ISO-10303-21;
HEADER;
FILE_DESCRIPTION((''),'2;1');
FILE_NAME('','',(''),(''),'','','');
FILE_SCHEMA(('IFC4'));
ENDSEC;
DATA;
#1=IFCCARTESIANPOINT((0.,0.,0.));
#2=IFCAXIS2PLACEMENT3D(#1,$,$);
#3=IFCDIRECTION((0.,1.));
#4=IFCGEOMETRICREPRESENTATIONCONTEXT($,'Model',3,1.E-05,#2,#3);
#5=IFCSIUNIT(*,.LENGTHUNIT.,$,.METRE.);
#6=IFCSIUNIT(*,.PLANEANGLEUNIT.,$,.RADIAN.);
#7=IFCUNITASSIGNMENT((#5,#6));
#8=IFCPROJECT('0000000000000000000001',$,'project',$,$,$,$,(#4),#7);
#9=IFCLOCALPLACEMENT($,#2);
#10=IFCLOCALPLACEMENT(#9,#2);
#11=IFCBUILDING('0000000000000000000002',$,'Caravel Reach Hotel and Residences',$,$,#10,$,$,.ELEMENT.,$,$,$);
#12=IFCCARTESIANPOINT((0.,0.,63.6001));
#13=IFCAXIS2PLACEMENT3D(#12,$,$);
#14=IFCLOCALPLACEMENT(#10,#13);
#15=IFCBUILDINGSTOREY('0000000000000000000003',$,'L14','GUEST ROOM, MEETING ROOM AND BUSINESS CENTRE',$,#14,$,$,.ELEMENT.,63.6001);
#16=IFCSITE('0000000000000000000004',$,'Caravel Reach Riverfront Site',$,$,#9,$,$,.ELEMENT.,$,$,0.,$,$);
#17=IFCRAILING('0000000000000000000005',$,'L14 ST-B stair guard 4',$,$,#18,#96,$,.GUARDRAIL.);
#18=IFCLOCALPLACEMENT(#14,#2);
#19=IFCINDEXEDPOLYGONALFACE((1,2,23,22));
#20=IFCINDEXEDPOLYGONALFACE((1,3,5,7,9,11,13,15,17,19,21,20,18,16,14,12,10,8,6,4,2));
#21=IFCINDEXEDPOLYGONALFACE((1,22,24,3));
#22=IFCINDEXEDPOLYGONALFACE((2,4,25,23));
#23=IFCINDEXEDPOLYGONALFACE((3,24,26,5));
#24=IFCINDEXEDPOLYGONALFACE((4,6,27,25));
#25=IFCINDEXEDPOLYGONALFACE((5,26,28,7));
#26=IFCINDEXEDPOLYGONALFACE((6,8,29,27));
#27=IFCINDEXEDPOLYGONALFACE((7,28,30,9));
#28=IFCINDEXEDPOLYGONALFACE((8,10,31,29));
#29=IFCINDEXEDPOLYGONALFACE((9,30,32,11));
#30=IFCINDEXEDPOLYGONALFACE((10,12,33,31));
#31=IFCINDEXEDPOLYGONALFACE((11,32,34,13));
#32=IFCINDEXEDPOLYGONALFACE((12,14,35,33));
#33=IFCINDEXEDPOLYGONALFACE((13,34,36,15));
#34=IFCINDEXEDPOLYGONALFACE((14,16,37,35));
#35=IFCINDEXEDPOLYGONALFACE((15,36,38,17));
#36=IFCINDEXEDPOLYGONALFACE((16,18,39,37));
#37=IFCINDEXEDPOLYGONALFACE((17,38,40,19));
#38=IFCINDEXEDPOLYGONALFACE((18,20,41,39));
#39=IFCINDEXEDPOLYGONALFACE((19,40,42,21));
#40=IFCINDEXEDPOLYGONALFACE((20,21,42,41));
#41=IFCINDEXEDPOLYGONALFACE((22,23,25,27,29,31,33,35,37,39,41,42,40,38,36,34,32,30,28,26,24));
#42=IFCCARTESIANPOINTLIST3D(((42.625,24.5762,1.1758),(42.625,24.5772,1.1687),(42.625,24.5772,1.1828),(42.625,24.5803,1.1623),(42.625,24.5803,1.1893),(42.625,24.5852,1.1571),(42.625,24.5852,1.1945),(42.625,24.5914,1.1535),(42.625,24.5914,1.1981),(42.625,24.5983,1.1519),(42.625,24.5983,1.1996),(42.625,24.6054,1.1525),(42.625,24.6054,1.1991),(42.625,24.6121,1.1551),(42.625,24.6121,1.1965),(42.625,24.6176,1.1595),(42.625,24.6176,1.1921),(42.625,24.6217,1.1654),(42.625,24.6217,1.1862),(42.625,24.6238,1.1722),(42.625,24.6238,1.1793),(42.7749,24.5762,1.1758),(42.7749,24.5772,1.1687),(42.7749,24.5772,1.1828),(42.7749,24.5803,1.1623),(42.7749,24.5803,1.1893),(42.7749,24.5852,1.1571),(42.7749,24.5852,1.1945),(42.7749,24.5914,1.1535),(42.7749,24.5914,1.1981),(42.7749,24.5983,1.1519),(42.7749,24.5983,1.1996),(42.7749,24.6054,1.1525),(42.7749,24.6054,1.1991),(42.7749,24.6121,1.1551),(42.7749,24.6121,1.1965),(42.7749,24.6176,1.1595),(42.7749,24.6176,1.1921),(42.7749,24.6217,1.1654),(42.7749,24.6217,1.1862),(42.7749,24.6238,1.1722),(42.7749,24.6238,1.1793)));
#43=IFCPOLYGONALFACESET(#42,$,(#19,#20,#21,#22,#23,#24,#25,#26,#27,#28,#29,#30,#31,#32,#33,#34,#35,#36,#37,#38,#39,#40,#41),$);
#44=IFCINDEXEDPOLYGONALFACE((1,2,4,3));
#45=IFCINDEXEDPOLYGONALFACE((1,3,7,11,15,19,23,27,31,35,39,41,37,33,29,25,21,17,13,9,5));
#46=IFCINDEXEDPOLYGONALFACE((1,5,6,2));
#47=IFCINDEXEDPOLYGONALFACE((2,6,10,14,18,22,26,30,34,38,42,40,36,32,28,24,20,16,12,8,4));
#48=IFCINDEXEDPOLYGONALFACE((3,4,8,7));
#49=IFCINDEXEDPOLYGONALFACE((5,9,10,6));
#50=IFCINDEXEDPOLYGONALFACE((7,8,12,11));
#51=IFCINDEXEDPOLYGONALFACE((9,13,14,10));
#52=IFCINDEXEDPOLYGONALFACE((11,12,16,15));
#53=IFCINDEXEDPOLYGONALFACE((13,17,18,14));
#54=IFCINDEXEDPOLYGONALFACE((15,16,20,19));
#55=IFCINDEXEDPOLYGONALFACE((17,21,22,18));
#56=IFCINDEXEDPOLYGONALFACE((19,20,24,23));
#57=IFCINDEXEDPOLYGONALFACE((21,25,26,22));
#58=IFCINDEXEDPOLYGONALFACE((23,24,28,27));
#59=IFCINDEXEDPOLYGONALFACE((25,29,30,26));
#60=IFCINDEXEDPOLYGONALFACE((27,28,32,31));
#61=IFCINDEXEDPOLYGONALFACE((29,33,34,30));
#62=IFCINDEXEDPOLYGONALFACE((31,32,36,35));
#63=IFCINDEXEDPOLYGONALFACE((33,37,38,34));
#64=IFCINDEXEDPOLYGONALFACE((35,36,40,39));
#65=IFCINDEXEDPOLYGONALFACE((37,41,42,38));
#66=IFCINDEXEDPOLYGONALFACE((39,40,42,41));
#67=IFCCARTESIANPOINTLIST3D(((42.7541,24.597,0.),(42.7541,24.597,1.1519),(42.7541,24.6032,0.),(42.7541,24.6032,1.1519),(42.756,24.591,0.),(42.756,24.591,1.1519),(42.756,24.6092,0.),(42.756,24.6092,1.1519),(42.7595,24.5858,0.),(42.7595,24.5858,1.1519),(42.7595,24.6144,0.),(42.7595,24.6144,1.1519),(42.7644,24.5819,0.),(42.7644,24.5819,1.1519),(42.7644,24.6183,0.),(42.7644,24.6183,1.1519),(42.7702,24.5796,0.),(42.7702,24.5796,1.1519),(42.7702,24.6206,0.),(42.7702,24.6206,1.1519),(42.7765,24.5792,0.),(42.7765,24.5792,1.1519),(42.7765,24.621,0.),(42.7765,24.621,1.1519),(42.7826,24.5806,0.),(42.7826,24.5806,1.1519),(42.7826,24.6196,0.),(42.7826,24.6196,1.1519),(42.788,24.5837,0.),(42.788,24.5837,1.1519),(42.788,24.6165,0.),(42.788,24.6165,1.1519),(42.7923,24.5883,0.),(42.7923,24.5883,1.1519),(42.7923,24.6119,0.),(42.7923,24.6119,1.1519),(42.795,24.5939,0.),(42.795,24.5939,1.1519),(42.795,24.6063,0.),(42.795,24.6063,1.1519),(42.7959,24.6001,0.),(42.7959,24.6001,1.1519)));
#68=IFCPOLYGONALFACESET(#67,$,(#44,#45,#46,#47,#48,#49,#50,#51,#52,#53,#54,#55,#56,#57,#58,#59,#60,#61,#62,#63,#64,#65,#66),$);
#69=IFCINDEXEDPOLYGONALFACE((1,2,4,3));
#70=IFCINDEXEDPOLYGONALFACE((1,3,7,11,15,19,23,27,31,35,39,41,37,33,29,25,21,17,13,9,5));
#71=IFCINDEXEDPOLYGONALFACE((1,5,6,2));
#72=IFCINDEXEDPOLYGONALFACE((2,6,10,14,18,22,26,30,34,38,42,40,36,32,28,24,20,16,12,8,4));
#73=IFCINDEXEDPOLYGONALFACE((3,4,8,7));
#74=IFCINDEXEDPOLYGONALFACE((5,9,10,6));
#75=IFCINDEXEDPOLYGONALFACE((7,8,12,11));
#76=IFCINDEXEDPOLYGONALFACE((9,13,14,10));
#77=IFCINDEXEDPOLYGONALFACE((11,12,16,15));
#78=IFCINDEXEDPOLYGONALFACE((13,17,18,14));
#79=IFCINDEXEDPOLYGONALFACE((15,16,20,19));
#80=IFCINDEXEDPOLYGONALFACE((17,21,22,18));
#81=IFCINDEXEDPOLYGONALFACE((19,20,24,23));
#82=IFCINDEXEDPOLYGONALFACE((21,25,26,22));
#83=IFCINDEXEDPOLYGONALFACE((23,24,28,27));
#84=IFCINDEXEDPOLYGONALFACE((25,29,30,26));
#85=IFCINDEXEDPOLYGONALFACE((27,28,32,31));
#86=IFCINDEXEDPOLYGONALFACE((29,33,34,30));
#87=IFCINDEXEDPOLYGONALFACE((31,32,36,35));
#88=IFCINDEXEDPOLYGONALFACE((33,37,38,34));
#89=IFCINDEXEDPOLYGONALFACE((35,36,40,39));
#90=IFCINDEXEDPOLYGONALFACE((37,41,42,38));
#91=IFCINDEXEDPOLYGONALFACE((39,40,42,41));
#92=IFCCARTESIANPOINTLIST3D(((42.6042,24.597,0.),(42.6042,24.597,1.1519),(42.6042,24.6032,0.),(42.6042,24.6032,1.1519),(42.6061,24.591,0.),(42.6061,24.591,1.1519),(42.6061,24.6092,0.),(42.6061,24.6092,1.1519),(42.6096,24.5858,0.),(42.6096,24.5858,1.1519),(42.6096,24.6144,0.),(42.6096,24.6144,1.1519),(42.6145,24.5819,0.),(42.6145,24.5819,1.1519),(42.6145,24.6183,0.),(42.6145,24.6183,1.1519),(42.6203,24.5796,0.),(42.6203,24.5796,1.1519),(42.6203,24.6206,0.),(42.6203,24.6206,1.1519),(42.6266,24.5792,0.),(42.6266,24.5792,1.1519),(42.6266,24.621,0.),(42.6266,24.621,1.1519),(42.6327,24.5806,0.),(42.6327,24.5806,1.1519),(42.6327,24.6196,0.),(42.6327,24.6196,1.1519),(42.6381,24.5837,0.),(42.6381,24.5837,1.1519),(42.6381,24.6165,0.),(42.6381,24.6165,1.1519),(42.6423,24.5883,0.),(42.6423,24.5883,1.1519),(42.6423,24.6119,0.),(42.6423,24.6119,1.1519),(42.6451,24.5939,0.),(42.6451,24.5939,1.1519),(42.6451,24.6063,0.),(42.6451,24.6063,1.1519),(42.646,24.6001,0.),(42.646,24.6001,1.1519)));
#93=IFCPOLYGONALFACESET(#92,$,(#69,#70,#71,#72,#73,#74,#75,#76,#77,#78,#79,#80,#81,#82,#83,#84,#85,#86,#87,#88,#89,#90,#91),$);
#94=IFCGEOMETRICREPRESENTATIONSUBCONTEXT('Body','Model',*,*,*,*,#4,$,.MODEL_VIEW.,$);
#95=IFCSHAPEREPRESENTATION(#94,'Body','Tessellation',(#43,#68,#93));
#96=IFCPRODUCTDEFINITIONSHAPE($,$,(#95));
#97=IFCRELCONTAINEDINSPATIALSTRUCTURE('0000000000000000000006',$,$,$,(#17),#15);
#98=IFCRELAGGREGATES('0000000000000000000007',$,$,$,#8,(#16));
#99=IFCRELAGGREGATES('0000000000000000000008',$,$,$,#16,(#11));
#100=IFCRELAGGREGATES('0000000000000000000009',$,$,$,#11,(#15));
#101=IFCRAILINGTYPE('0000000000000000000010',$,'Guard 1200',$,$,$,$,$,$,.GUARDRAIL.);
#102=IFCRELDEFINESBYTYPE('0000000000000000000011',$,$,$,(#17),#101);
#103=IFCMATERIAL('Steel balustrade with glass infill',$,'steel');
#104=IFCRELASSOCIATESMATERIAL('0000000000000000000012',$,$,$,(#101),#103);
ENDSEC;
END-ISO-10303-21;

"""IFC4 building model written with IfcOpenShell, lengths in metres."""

from ifc_helpers import new_model, si_unit, direction, frame, origin, origin_2d, place, context, subcontext, project, spatial, circle, extrude, material, type_object, element, save


model = new_model("IFC4")

# Units and contexts
model_context = context("Model", 3, precision=1e-05, world=origin(), true_north=direction((0.0, 1.0)))
body_context = subcontext(model_context, "Body", "Model", "MODEL_VIEW")
ifc_project = project(units=[si_unit("LENGTHUNIT", "METRE"), si_unit("PLANEANGLEUNIT", "RADIAN")], contexts=[model_context])

# Site, building, storey
site_placement = place(None, origin())
site = spatial("IfcSite", under=ifc_project, at=site_placement, Name="Caravel Reach Riverfront Site", CompositionType="ELEMENT", RefElevation=0.0)
building_placement = place(site_placement, origin())
building = spatial("IfcBuilding", under=site, at=building_placement, Name="Caravel Reach Hotel and Residences", CompositionType="ELEMENT")
storey_placement = place(building_placement, frame((0.0, 0.0, 63.6001)))
storey = spatial("IfcBuildingStorey", under=building, at=storey_placement, Name="L14", Description="GUEST ROOM, MEETING ROOM AND BUSINESS CENTRE", CompositionType="ELEMENT", Elevation=63.6001)

# Railing
ifc_material_1 = material(Name="Steel balustrade with glass infill", Category="steel")
railing_type = type_object("IfcRailingType", Name="Guard 1200", PredefinedType="GUARDRAIL", material=ifc_material_1)
railing_1_placement = place(storey_placement, frame((42.7749, 24.6001, 0.0)))
element("IfcRailing", 1, at=railing_1_placement, inside=storey, type_object=railing_type, Name="L14 ST-B stair guard 4", PredefinedType="GUARDRAIL", context=body_context, shape_type="SweptSolid", body=[
    extrude(circle(Radius=0.0239, at=origin_2d()), frame((0.0, 0.0, 1.1758), z_axis=(-1.0, 0.0, 0.0), x_axis=(0.0, -1.0, 0.0)), (0.0, 0.0, 1.0), 0.1499),
    extrude(circle(Radius=0.021, at=origin_2d()), origin(), (0.0, 0.0, 1.0), 1.1519),
    extrude(circle(Radius=0.021, at=origin_2d()), frame((-0.1499, 0.0, 0.0)), (0.0, 0.0, 1.0), 1.1519),
])

save(model, "model.ifc")
